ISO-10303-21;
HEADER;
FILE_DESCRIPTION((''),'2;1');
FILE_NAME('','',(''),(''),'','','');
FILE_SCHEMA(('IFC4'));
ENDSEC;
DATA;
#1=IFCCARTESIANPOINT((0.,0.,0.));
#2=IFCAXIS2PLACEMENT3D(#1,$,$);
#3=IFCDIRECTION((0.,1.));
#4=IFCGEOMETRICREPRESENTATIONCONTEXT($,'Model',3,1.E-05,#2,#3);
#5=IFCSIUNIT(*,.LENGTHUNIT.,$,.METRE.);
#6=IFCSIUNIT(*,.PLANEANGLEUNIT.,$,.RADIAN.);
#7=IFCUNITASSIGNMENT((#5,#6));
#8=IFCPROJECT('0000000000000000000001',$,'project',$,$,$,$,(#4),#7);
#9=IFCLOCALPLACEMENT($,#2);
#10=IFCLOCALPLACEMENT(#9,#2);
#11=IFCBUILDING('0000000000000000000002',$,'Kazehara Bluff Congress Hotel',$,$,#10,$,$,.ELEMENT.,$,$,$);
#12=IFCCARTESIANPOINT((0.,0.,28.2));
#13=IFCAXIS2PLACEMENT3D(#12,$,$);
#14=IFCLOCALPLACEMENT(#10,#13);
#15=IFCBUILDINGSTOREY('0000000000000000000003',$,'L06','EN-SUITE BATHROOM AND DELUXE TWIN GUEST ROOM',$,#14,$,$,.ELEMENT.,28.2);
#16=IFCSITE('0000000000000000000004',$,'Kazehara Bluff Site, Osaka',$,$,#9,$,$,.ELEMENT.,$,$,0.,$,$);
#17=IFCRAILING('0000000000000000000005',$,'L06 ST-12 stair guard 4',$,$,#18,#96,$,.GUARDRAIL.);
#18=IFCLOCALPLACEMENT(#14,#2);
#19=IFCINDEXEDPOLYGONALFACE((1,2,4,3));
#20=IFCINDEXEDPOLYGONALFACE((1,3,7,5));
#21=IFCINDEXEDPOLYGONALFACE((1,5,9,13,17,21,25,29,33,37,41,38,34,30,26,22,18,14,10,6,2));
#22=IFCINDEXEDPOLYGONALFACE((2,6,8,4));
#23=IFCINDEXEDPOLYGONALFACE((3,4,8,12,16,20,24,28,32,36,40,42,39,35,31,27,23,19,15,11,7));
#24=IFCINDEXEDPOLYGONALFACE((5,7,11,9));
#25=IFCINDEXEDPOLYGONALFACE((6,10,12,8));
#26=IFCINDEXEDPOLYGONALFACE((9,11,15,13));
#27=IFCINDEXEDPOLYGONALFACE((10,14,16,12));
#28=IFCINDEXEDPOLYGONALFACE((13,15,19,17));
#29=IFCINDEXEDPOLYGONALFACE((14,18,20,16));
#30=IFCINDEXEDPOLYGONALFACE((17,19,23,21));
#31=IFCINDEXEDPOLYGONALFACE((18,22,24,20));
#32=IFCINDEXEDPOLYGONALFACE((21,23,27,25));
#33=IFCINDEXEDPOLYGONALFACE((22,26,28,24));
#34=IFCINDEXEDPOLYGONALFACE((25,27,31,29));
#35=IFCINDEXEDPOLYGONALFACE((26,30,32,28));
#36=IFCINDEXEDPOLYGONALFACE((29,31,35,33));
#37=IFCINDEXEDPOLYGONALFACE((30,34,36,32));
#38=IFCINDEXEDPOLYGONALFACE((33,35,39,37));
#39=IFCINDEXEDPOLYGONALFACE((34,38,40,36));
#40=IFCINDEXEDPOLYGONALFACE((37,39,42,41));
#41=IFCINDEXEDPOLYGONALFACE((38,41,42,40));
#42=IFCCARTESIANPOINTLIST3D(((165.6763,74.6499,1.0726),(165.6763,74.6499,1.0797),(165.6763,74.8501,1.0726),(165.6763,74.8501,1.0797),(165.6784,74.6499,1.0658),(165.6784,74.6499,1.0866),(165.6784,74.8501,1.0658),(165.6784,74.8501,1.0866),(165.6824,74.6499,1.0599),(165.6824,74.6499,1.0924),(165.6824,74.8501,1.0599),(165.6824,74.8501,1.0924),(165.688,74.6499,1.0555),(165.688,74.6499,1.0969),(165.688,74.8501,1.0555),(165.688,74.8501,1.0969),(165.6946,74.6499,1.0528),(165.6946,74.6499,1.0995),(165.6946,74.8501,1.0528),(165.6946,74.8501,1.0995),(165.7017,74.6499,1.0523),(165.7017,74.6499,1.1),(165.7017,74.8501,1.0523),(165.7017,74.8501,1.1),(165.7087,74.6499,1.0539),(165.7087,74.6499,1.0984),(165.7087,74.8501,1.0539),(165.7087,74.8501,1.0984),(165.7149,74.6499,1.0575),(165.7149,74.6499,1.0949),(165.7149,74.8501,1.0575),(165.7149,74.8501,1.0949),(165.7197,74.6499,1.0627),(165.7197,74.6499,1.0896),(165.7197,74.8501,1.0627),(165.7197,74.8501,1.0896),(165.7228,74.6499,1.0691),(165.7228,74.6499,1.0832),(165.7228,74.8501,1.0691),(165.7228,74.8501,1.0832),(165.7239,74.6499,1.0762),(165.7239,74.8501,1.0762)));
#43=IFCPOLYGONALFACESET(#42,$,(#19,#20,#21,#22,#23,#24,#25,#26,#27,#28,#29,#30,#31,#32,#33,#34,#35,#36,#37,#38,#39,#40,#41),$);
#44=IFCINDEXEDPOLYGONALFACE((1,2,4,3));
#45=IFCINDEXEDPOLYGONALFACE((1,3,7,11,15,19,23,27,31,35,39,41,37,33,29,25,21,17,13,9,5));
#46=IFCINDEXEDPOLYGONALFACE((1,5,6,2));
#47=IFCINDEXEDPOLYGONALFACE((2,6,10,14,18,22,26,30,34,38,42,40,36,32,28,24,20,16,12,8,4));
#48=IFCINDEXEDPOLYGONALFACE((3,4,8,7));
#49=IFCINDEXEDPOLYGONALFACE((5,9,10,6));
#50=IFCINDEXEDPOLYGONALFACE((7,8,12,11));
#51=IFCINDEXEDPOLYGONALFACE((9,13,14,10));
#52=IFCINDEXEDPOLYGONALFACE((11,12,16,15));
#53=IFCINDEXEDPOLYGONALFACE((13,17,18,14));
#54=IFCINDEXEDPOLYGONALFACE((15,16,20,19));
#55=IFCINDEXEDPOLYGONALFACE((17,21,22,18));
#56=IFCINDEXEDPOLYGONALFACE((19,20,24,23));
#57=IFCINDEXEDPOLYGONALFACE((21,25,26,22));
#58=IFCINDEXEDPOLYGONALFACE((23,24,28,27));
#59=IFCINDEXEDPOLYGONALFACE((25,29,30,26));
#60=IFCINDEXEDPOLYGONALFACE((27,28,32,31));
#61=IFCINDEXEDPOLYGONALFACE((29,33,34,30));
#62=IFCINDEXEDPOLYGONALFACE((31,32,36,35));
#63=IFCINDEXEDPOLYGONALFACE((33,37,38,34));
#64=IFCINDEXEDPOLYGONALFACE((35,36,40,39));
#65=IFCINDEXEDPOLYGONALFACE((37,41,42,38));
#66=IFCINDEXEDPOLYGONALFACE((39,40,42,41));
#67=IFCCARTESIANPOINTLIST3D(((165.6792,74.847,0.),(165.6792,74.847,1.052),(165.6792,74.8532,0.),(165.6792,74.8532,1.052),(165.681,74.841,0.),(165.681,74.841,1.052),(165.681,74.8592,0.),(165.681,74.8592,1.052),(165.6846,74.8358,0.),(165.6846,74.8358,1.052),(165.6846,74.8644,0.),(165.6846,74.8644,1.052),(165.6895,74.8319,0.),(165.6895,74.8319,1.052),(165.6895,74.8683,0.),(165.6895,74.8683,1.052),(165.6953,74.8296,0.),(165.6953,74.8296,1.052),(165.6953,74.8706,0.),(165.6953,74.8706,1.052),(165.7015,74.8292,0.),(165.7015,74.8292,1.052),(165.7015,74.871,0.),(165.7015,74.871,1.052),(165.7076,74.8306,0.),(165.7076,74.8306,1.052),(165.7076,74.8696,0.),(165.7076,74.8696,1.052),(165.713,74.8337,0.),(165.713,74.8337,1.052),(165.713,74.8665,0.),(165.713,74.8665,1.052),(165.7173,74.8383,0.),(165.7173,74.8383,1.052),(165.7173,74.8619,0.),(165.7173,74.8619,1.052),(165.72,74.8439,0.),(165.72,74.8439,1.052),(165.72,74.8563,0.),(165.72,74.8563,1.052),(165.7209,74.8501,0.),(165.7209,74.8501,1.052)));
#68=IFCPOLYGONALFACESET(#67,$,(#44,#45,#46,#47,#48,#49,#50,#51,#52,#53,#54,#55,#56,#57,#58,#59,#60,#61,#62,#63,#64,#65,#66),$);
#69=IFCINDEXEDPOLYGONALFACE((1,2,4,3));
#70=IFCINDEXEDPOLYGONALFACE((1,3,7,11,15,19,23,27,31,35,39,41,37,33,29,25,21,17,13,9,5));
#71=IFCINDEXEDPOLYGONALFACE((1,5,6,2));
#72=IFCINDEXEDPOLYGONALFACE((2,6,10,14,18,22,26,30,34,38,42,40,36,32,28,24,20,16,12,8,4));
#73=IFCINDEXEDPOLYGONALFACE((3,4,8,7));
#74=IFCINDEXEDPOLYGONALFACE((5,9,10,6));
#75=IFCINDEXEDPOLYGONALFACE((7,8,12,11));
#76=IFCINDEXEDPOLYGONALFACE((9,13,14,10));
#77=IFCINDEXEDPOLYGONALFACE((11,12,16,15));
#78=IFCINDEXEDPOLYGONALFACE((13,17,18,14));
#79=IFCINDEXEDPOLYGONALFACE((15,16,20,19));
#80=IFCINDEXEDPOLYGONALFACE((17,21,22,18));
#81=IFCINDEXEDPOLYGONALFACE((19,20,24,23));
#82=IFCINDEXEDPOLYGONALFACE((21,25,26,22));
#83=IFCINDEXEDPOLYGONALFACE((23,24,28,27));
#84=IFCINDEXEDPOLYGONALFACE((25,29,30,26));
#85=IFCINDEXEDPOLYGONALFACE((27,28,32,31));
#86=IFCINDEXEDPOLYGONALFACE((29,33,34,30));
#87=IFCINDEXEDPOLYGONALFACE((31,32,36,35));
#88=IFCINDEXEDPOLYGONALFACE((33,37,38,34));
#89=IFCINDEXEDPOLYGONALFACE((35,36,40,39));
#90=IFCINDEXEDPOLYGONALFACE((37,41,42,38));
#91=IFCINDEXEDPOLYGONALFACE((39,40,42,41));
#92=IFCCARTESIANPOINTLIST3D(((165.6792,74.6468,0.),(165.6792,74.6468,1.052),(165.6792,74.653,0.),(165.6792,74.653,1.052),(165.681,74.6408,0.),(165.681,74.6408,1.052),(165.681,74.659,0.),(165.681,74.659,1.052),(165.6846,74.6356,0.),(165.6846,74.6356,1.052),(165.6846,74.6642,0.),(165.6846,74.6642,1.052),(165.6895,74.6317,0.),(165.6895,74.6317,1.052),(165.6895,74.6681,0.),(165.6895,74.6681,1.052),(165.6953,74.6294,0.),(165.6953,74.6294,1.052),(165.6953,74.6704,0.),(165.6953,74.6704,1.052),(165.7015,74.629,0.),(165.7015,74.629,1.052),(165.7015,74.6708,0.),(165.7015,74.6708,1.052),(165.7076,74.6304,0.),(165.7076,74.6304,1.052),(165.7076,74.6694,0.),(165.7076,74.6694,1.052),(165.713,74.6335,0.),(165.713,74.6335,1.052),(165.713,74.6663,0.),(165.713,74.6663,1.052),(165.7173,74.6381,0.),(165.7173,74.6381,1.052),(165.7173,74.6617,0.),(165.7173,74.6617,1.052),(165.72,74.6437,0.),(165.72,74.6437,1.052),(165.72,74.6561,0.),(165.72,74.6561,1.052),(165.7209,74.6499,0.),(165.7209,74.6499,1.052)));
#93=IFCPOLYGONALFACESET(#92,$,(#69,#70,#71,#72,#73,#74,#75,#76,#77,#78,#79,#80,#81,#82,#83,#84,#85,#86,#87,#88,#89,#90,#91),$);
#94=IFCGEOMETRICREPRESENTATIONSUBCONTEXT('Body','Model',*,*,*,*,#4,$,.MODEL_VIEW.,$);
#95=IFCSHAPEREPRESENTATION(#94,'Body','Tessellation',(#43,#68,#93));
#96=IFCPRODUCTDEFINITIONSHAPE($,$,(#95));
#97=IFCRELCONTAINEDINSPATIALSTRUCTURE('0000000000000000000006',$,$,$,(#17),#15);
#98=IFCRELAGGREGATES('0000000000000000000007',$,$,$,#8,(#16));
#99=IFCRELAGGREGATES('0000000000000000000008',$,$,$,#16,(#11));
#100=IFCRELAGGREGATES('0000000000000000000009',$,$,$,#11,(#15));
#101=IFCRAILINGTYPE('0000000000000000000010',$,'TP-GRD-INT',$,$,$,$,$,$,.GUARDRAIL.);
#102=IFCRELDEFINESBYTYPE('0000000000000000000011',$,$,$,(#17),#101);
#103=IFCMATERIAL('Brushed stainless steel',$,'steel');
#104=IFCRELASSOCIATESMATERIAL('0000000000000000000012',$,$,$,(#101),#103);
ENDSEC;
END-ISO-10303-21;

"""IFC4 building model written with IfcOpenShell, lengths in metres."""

from ifc_helpers import new_model, si_unit, direction, frame, origin, origin_2d, place, context, subcontext, project, spatial, circle, extrude, material, type_object, element, save


model = new_model("IFC4")

# Units and contexts
model_context = context("Model", 3, precision=1e-05, world=origin(), true_north=direction((0.0, 1.0)))
body_context = subcontext(model_context, "Body", "Model", "MODEL_VIEW")
ifc_project = project(units=[si_unit("LENGTHUNIT", "METRE"), si_unit("PLANEANGLEUNIT", "RADIAN")], contexts=[model_context])

# Site, building, storey
site_placement = place(None, origin())
site = spatial("IfcSite", under=ifc_project, at=site_placement, Name="Kazehara Bluff Site, Osaka", CompositionType="ELEMENT", RefElevation=0.0)
building_placement = place(site_placement, origin())
building = spatial("IfcBuilding", under=site, at=building_placement, Name="Kazehara Bluff Congress Hotel", CompositionType="ELEMENT")
storey_placement = place(building_placement, frame((0.0, 0.0, 28.2)))
storey = spatial("IfcBuildingStorey", under=building, at=storey_placement, Name="L06", Description="EN-SUITE BATHROOM AND DELUXE TWIN GUEST ROOM", CompositionType="ELEMENT", Elevation=28.2)

# Railing
ifc_material_1 = material(Name="Brushed stainless steel", Category="steel")
railing_type_1 = type_object("IfcRailingType", Name="TP-GRD-INT", PredefinedType="GUARDRAIL", material=ifc_material_1)
railing_1_placement = place(storey_placement, frame((165.7, 74.8501, 0.0)))
element("IfcRailing", 1, at=railing_1_placement, inside=storey, type_object=railing_type_1, Name="L06 ST-12 stair guard 4", PredefinedType="GUARDRAIL", context=body_context, shape_type="SweptSolid", body=[
    extrude(circle(Radius=0.0239, at=origin_2d()), frame((0.0, 0.0, 1.0762), z_axis=(0.0, -1.0, 0.0), x_axis=(1.0, 0.0, 0.0)), (0.0, 0.0, 1.0), 0.2002),
    extrude(circle(Radius=0.021, at=origin_2d()), origin(), (0.0, 0.0, 1.0), 1.052),
    extrude(circle(Radius=0.021, at=origin_2d()), frame((0.0, -0.2002, 0.0)), (0.0, 0.0, 1.0), 1.052),
])

save(model, "model.ifc")
